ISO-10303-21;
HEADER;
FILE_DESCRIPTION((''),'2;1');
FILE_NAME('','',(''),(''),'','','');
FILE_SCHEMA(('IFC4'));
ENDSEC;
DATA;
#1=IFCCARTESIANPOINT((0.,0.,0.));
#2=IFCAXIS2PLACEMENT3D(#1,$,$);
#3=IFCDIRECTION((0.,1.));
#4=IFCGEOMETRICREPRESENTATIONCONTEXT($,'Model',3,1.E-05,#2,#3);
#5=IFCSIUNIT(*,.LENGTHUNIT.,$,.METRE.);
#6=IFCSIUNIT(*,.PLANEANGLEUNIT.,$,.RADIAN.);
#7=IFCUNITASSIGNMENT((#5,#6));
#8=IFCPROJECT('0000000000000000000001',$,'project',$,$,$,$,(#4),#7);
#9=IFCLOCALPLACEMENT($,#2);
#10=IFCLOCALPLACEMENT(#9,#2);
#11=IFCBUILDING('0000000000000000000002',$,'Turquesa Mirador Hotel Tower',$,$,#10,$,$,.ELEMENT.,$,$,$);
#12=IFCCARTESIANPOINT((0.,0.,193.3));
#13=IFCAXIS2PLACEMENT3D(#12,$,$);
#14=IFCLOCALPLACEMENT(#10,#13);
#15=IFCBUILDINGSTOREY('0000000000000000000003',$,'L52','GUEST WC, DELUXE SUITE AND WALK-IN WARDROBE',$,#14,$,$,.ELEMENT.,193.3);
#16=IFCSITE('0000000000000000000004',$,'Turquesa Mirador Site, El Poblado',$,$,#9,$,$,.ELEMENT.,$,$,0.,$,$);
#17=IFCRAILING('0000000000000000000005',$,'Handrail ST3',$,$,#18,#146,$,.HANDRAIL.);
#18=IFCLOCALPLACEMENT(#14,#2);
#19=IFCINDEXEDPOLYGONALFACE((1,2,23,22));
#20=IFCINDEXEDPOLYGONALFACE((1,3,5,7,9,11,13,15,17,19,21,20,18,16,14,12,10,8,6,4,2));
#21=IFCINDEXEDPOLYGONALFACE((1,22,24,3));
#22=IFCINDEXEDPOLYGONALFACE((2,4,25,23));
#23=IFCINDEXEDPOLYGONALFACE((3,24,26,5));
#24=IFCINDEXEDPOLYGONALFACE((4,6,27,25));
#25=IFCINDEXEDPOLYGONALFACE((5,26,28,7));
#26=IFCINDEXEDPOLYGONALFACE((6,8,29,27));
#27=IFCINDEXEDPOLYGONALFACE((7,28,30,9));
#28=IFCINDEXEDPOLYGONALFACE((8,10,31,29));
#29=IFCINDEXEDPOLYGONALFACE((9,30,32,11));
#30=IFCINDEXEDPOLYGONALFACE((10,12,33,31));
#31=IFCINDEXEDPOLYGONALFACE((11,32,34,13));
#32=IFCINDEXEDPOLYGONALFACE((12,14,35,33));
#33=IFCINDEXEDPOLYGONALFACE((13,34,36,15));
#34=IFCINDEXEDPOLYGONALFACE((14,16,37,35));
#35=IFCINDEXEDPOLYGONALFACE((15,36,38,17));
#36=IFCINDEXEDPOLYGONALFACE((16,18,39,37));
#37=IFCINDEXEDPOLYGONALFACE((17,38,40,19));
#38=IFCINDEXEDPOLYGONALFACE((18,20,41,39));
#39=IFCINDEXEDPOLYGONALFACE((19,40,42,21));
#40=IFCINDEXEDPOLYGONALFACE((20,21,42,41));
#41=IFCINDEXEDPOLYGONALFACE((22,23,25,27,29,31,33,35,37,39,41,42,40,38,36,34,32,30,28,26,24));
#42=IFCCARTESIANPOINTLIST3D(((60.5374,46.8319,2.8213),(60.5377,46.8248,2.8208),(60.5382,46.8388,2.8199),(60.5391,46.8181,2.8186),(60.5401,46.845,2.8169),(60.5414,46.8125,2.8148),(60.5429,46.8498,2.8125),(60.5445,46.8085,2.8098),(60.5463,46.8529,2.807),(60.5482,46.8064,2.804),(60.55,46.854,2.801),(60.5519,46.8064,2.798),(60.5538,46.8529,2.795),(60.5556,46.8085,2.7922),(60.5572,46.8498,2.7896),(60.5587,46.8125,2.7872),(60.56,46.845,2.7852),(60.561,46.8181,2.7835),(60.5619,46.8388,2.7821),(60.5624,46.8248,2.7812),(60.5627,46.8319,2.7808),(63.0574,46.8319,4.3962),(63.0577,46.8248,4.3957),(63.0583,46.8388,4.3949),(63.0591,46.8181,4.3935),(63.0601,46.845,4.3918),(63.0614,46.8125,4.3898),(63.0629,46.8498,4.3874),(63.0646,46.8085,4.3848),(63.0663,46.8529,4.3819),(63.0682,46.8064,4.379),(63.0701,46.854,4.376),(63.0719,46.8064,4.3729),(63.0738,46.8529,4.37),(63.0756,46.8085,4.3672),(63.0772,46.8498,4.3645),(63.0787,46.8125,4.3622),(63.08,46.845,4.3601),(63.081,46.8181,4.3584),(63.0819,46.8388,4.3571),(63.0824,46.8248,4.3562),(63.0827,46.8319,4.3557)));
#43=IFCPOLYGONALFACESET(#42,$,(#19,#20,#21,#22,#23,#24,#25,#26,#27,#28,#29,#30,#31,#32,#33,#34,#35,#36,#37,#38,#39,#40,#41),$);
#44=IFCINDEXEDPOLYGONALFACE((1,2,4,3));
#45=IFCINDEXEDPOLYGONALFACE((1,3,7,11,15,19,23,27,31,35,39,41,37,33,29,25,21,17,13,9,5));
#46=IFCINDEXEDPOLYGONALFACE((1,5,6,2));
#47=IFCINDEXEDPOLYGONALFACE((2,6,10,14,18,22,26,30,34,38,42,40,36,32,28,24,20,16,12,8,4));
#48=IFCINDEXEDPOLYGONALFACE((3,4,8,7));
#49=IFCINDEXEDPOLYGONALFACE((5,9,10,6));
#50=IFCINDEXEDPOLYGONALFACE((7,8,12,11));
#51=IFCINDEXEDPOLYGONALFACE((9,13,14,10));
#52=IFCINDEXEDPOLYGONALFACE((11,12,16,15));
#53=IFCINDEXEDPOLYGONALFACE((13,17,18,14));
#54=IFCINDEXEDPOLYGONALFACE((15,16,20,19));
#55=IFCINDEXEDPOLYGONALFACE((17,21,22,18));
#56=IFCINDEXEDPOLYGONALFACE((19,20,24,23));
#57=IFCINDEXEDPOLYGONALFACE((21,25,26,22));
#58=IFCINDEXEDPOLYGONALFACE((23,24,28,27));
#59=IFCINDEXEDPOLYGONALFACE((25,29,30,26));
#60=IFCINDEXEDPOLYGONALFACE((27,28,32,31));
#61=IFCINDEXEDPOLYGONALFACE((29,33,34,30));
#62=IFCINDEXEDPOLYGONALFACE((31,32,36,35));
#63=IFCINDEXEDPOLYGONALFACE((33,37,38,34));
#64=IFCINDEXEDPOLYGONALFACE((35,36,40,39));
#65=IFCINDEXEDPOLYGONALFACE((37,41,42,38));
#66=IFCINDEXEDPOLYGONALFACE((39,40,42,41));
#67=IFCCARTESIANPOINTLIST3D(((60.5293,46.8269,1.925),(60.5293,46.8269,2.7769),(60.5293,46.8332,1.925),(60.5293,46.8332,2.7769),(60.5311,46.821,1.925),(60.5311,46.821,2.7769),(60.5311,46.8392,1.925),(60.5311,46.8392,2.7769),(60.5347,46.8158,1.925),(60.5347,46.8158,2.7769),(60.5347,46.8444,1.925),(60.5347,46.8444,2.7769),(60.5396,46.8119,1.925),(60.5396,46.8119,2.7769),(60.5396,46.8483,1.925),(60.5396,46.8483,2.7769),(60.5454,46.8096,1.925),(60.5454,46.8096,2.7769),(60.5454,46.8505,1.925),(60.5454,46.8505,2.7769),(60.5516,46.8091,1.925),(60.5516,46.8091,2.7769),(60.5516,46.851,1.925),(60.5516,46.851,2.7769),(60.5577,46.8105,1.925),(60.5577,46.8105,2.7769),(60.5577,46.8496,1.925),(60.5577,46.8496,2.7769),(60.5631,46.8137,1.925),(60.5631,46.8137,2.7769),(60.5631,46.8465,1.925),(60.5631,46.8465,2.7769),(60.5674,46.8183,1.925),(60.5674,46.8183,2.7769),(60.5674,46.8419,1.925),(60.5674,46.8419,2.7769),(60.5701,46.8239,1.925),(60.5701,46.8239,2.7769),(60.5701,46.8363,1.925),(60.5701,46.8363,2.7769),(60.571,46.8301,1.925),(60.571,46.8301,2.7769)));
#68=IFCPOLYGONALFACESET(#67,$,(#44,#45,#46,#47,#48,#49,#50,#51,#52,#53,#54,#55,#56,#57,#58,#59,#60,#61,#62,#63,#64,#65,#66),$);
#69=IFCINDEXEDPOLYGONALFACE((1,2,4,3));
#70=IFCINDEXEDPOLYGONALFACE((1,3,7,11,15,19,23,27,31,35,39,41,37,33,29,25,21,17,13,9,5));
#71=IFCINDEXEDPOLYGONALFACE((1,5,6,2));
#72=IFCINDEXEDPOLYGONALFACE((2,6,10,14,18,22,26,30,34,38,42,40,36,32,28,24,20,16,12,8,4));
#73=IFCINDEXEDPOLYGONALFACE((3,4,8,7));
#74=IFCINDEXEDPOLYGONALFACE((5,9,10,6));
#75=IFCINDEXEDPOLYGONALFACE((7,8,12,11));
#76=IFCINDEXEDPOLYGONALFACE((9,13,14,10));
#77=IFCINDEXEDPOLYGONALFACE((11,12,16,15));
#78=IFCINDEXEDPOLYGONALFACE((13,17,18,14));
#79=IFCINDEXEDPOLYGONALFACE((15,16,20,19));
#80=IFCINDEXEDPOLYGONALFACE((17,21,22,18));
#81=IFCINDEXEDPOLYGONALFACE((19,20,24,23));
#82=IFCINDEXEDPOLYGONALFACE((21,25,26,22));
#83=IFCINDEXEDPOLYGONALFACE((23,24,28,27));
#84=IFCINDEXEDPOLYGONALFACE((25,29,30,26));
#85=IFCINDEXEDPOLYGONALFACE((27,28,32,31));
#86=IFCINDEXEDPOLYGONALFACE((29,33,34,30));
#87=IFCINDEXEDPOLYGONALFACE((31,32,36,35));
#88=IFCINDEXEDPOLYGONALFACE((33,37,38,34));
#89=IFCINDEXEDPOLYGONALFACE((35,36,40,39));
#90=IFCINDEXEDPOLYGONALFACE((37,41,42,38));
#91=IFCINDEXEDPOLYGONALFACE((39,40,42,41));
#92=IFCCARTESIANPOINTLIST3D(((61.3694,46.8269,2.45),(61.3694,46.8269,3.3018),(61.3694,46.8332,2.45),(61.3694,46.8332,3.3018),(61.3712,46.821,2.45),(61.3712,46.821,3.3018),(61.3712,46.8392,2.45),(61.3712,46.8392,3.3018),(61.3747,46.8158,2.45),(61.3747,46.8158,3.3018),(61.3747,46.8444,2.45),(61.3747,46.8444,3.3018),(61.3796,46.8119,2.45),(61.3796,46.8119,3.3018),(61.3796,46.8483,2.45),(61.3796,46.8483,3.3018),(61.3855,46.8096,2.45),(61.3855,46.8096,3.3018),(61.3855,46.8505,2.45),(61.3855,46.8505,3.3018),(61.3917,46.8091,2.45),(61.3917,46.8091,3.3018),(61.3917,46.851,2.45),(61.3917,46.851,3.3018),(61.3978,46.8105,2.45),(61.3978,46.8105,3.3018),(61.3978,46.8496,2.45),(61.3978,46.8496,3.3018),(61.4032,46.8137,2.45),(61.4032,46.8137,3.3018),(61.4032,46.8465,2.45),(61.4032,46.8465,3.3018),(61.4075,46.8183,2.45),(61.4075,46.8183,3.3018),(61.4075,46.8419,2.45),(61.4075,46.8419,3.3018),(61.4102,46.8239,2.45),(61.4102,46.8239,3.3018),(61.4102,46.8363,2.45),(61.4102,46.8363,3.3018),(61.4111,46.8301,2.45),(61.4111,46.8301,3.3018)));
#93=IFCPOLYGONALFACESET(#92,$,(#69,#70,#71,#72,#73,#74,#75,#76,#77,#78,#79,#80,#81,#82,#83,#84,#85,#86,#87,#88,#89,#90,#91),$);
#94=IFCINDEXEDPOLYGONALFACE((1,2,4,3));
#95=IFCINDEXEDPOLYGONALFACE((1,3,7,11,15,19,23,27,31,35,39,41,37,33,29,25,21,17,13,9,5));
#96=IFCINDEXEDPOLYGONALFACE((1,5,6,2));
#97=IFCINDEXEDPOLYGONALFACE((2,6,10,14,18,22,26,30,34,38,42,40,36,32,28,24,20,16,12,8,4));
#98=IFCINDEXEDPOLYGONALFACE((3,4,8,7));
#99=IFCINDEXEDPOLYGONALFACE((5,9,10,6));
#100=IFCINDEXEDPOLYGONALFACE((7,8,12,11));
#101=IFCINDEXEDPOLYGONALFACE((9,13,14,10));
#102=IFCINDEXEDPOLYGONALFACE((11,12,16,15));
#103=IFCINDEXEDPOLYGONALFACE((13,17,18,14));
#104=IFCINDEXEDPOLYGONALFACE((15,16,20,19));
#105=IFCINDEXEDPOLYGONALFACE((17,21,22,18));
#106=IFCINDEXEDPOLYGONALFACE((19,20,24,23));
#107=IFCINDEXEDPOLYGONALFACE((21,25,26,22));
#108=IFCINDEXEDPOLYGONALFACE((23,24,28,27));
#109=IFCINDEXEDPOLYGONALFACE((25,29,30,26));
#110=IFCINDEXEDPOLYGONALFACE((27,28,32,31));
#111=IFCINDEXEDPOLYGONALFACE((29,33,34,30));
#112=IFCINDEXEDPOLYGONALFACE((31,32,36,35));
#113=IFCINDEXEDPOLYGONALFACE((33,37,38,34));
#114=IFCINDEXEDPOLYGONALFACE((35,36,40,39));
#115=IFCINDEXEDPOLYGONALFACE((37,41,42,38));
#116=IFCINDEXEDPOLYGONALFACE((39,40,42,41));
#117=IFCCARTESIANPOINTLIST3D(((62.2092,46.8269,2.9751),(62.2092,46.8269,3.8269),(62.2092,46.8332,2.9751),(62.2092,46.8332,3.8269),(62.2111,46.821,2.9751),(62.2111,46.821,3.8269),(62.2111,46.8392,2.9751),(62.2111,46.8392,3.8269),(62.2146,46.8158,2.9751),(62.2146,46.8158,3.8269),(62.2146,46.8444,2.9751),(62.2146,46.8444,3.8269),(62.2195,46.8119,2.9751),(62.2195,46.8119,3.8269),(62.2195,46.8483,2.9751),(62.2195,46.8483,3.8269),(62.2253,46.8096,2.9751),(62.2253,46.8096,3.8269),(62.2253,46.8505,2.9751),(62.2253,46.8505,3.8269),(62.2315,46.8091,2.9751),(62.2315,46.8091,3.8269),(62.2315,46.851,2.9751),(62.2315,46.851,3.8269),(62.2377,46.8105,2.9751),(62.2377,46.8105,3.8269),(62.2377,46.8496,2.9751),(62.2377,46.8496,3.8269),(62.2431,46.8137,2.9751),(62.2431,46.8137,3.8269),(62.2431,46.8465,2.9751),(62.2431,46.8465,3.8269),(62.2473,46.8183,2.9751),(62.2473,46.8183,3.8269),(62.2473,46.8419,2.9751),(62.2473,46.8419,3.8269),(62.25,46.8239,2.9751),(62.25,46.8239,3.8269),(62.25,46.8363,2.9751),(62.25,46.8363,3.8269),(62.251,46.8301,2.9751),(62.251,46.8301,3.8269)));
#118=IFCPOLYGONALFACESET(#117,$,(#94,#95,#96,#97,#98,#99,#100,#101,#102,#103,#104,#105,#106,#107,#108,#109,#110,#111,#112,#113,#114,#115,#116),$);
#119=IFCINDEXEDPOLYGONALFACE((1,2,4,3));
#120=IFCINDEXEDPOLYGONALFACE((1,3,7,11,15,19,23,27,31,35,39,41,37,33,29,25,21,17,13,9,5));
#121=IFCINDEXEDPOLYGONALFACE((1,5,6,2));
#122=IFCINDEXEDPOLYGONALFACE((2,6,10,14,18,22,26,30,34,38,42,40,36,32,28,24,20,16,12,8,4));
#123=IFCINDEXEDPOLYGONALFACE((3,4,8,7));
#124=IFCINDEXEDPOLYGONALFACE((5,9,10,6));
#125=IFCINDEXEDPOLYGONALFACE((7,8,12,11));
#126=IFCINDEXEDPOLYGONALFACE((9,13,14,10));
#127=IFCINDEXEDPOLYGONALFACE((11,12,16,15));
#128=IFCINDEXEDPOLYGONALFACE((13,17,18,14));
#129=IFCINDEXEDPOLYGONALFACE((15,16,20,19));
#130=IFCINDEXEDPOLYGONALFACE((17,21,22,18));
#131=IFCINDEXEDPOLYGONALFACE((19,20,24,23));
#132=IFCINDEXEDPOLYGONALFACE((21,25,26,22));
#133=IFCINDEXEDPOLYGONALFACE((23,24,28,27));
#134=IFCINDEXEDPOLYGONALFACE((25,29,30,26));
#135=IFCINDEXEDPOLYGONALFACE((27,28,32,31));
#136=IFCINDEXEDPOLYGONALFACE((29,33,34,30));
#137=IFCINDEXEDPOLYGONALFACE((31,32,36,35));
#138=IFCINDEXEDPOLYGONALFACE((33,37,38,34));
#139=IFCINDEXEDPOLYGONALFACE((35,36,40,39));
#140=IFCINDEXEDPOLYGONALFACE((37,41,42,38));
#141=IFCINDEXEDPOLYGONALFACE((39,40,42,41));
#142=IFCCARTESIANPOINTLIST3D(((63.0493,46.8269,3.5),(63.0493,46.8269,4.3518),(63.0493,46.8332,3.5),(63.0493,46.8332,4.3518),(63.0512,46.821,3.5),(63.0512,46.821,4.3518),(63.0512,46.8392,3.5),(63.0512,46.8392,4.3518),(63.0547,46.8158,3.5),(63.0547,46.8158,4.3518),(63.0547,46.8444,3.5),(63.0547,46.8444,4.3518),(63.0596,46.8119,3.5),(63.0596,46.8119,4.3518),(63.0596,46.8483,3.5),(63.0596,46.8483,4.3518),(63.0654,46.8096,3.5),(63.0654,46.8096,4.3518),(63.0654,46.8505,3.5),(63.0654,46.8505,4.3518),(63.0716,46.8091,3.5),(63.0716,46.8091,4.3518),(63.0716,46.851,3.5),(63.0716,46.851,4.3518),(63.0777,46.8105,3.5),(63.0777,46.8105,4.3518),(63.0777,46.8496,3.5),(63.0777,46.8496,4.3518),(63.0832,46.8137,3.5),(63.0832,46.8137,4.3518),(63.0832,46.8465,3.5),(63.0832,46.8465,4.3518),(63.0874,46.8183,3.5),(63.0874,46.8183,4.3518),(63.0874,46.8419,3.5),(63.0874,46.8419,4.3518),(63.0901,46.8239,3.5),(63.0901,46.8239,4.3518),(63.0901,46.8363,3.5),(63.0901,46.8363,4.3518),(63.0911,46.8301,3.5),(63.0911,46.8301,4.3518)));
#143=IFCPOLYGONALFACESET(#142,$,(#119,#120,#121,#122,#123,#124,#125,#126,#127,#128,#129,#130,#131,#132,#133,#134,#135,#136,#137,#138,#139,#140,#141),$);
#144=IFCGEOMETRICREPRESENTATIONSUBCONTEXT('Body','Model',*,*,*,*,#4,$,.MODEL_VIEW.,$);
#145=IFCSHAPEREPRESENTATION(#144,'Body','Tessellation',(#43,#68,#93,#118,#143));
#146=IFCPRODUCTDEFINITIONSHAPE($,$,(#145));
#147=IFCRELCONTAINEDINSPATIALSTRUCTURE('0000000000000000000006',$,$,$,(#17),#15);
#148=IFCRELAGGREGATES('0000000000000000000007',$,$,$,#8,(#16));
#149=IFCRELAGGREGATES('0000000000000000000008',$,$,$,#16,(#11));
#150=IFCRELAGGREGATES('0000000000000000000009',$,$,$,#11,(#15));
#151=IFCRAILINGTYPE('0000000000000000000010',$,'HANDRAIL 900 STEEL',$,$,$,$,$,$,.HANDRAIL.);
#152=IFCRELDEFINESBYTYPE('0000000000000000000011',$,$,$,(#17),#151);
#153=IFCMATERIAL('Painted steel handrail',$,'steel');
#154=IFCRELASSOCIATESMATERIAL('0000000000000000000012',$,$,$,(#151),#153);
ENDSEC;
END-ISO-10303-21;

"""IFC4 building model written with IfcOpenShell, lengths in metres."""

from ifc_helpers import new_model, si_unit, direction, frame, origin, origin_2d, place, context, subcontext, project, spatial, circle, extrude, material, type_object, element, save


model = new_model("IFC4")

# Units and contexts
model_context = context("Model", 3, precision=1e-05, world=origin(), true_north=direction((0.0, 1.0)))
body_context = subcontext(model_context, "Body", "Model", "MODEL_VIEW")
ifc_project = project(units=[si_unit("LENGTHUNIT", "METRE"), si_unit("PLANEANGLEUNIT", "RADIAN")], contexts=[model_context])

# Site, building, storey
site_placement = place(None, origin())
site = spatial("IfcSite", under=ifc_project, at=site_placement, Name="Turquesa Mirador Site, El Poblado", CompositionType="ELEMENT", RefElevation=0.0)
building_placement = place(site_placement, origin())
building = spatial("IfcBuilding", under=site, at=building_placement, Name="Turquesa Mirador Hotel Tower", CompositionType="ELEMENT")
storey_placement = place(building_placement, frame((0.0, 0.0, 193.3)))
storey = spatial("IfcBuildingStorey", under=building, at=storey_placement, Name="L52", Description="GUEST WC, DELUXE SUITE AND WALK-IN WARDROBE", CompositionType="ELEMENT", Elevation=193.3)

# Railing
ifc_material_1 = material(Name="Painted steel handrail", Category="steel")
railing_type = type_object("IfcRailingType", Name="HANDRAIL 900 STEEL", PredefinedType="HANDRAIL", material=ifc_material_1)
railing_1_placement = place(storey_placement, frame((60.55, 46.8301, 1.925)))
element("IfcRailing", 1, at=railing_1_placement, inside=storey, type_object=railing_type, Name="Handrail ST3", PredefinedType="HANDRAIL", context=body_context, shape_type="SweptSolid", body=[
    extrude(circle(Radius=0.0239, at=origin_2d()), frame((0.0, 0.0, 0.876), z_axis=(0.848008, 0.0, 0.529984), x_axis=(0.0, 1.0, 0.0)), (0.0, 0.0, 1.0), 2.9717),
    extrude(circle(Radius=0.021, at=origin_2d()), origin(), (0.0, 0.0, 1.0), 0.8518),
    extrude(circle(Radius=0.021, at=origin_2d()), frame((0.8401, 0.0, 0.5249)), (0.0, 0.0, 1.0), 0.8518),
    extrude(circle(Radius=0.021, at=origin_2d()), frame((1.6799, 0.0, 1.05)), (0.0, 0.0, 1.0), 0.8518),
    extrude(circle(Radius=0.021, at=origin_2d()), frame((2.52, 0.0, 1.575)), (0.0, 0.0, 1.0), 0.8518),
])

save(model, "model.ifc")
